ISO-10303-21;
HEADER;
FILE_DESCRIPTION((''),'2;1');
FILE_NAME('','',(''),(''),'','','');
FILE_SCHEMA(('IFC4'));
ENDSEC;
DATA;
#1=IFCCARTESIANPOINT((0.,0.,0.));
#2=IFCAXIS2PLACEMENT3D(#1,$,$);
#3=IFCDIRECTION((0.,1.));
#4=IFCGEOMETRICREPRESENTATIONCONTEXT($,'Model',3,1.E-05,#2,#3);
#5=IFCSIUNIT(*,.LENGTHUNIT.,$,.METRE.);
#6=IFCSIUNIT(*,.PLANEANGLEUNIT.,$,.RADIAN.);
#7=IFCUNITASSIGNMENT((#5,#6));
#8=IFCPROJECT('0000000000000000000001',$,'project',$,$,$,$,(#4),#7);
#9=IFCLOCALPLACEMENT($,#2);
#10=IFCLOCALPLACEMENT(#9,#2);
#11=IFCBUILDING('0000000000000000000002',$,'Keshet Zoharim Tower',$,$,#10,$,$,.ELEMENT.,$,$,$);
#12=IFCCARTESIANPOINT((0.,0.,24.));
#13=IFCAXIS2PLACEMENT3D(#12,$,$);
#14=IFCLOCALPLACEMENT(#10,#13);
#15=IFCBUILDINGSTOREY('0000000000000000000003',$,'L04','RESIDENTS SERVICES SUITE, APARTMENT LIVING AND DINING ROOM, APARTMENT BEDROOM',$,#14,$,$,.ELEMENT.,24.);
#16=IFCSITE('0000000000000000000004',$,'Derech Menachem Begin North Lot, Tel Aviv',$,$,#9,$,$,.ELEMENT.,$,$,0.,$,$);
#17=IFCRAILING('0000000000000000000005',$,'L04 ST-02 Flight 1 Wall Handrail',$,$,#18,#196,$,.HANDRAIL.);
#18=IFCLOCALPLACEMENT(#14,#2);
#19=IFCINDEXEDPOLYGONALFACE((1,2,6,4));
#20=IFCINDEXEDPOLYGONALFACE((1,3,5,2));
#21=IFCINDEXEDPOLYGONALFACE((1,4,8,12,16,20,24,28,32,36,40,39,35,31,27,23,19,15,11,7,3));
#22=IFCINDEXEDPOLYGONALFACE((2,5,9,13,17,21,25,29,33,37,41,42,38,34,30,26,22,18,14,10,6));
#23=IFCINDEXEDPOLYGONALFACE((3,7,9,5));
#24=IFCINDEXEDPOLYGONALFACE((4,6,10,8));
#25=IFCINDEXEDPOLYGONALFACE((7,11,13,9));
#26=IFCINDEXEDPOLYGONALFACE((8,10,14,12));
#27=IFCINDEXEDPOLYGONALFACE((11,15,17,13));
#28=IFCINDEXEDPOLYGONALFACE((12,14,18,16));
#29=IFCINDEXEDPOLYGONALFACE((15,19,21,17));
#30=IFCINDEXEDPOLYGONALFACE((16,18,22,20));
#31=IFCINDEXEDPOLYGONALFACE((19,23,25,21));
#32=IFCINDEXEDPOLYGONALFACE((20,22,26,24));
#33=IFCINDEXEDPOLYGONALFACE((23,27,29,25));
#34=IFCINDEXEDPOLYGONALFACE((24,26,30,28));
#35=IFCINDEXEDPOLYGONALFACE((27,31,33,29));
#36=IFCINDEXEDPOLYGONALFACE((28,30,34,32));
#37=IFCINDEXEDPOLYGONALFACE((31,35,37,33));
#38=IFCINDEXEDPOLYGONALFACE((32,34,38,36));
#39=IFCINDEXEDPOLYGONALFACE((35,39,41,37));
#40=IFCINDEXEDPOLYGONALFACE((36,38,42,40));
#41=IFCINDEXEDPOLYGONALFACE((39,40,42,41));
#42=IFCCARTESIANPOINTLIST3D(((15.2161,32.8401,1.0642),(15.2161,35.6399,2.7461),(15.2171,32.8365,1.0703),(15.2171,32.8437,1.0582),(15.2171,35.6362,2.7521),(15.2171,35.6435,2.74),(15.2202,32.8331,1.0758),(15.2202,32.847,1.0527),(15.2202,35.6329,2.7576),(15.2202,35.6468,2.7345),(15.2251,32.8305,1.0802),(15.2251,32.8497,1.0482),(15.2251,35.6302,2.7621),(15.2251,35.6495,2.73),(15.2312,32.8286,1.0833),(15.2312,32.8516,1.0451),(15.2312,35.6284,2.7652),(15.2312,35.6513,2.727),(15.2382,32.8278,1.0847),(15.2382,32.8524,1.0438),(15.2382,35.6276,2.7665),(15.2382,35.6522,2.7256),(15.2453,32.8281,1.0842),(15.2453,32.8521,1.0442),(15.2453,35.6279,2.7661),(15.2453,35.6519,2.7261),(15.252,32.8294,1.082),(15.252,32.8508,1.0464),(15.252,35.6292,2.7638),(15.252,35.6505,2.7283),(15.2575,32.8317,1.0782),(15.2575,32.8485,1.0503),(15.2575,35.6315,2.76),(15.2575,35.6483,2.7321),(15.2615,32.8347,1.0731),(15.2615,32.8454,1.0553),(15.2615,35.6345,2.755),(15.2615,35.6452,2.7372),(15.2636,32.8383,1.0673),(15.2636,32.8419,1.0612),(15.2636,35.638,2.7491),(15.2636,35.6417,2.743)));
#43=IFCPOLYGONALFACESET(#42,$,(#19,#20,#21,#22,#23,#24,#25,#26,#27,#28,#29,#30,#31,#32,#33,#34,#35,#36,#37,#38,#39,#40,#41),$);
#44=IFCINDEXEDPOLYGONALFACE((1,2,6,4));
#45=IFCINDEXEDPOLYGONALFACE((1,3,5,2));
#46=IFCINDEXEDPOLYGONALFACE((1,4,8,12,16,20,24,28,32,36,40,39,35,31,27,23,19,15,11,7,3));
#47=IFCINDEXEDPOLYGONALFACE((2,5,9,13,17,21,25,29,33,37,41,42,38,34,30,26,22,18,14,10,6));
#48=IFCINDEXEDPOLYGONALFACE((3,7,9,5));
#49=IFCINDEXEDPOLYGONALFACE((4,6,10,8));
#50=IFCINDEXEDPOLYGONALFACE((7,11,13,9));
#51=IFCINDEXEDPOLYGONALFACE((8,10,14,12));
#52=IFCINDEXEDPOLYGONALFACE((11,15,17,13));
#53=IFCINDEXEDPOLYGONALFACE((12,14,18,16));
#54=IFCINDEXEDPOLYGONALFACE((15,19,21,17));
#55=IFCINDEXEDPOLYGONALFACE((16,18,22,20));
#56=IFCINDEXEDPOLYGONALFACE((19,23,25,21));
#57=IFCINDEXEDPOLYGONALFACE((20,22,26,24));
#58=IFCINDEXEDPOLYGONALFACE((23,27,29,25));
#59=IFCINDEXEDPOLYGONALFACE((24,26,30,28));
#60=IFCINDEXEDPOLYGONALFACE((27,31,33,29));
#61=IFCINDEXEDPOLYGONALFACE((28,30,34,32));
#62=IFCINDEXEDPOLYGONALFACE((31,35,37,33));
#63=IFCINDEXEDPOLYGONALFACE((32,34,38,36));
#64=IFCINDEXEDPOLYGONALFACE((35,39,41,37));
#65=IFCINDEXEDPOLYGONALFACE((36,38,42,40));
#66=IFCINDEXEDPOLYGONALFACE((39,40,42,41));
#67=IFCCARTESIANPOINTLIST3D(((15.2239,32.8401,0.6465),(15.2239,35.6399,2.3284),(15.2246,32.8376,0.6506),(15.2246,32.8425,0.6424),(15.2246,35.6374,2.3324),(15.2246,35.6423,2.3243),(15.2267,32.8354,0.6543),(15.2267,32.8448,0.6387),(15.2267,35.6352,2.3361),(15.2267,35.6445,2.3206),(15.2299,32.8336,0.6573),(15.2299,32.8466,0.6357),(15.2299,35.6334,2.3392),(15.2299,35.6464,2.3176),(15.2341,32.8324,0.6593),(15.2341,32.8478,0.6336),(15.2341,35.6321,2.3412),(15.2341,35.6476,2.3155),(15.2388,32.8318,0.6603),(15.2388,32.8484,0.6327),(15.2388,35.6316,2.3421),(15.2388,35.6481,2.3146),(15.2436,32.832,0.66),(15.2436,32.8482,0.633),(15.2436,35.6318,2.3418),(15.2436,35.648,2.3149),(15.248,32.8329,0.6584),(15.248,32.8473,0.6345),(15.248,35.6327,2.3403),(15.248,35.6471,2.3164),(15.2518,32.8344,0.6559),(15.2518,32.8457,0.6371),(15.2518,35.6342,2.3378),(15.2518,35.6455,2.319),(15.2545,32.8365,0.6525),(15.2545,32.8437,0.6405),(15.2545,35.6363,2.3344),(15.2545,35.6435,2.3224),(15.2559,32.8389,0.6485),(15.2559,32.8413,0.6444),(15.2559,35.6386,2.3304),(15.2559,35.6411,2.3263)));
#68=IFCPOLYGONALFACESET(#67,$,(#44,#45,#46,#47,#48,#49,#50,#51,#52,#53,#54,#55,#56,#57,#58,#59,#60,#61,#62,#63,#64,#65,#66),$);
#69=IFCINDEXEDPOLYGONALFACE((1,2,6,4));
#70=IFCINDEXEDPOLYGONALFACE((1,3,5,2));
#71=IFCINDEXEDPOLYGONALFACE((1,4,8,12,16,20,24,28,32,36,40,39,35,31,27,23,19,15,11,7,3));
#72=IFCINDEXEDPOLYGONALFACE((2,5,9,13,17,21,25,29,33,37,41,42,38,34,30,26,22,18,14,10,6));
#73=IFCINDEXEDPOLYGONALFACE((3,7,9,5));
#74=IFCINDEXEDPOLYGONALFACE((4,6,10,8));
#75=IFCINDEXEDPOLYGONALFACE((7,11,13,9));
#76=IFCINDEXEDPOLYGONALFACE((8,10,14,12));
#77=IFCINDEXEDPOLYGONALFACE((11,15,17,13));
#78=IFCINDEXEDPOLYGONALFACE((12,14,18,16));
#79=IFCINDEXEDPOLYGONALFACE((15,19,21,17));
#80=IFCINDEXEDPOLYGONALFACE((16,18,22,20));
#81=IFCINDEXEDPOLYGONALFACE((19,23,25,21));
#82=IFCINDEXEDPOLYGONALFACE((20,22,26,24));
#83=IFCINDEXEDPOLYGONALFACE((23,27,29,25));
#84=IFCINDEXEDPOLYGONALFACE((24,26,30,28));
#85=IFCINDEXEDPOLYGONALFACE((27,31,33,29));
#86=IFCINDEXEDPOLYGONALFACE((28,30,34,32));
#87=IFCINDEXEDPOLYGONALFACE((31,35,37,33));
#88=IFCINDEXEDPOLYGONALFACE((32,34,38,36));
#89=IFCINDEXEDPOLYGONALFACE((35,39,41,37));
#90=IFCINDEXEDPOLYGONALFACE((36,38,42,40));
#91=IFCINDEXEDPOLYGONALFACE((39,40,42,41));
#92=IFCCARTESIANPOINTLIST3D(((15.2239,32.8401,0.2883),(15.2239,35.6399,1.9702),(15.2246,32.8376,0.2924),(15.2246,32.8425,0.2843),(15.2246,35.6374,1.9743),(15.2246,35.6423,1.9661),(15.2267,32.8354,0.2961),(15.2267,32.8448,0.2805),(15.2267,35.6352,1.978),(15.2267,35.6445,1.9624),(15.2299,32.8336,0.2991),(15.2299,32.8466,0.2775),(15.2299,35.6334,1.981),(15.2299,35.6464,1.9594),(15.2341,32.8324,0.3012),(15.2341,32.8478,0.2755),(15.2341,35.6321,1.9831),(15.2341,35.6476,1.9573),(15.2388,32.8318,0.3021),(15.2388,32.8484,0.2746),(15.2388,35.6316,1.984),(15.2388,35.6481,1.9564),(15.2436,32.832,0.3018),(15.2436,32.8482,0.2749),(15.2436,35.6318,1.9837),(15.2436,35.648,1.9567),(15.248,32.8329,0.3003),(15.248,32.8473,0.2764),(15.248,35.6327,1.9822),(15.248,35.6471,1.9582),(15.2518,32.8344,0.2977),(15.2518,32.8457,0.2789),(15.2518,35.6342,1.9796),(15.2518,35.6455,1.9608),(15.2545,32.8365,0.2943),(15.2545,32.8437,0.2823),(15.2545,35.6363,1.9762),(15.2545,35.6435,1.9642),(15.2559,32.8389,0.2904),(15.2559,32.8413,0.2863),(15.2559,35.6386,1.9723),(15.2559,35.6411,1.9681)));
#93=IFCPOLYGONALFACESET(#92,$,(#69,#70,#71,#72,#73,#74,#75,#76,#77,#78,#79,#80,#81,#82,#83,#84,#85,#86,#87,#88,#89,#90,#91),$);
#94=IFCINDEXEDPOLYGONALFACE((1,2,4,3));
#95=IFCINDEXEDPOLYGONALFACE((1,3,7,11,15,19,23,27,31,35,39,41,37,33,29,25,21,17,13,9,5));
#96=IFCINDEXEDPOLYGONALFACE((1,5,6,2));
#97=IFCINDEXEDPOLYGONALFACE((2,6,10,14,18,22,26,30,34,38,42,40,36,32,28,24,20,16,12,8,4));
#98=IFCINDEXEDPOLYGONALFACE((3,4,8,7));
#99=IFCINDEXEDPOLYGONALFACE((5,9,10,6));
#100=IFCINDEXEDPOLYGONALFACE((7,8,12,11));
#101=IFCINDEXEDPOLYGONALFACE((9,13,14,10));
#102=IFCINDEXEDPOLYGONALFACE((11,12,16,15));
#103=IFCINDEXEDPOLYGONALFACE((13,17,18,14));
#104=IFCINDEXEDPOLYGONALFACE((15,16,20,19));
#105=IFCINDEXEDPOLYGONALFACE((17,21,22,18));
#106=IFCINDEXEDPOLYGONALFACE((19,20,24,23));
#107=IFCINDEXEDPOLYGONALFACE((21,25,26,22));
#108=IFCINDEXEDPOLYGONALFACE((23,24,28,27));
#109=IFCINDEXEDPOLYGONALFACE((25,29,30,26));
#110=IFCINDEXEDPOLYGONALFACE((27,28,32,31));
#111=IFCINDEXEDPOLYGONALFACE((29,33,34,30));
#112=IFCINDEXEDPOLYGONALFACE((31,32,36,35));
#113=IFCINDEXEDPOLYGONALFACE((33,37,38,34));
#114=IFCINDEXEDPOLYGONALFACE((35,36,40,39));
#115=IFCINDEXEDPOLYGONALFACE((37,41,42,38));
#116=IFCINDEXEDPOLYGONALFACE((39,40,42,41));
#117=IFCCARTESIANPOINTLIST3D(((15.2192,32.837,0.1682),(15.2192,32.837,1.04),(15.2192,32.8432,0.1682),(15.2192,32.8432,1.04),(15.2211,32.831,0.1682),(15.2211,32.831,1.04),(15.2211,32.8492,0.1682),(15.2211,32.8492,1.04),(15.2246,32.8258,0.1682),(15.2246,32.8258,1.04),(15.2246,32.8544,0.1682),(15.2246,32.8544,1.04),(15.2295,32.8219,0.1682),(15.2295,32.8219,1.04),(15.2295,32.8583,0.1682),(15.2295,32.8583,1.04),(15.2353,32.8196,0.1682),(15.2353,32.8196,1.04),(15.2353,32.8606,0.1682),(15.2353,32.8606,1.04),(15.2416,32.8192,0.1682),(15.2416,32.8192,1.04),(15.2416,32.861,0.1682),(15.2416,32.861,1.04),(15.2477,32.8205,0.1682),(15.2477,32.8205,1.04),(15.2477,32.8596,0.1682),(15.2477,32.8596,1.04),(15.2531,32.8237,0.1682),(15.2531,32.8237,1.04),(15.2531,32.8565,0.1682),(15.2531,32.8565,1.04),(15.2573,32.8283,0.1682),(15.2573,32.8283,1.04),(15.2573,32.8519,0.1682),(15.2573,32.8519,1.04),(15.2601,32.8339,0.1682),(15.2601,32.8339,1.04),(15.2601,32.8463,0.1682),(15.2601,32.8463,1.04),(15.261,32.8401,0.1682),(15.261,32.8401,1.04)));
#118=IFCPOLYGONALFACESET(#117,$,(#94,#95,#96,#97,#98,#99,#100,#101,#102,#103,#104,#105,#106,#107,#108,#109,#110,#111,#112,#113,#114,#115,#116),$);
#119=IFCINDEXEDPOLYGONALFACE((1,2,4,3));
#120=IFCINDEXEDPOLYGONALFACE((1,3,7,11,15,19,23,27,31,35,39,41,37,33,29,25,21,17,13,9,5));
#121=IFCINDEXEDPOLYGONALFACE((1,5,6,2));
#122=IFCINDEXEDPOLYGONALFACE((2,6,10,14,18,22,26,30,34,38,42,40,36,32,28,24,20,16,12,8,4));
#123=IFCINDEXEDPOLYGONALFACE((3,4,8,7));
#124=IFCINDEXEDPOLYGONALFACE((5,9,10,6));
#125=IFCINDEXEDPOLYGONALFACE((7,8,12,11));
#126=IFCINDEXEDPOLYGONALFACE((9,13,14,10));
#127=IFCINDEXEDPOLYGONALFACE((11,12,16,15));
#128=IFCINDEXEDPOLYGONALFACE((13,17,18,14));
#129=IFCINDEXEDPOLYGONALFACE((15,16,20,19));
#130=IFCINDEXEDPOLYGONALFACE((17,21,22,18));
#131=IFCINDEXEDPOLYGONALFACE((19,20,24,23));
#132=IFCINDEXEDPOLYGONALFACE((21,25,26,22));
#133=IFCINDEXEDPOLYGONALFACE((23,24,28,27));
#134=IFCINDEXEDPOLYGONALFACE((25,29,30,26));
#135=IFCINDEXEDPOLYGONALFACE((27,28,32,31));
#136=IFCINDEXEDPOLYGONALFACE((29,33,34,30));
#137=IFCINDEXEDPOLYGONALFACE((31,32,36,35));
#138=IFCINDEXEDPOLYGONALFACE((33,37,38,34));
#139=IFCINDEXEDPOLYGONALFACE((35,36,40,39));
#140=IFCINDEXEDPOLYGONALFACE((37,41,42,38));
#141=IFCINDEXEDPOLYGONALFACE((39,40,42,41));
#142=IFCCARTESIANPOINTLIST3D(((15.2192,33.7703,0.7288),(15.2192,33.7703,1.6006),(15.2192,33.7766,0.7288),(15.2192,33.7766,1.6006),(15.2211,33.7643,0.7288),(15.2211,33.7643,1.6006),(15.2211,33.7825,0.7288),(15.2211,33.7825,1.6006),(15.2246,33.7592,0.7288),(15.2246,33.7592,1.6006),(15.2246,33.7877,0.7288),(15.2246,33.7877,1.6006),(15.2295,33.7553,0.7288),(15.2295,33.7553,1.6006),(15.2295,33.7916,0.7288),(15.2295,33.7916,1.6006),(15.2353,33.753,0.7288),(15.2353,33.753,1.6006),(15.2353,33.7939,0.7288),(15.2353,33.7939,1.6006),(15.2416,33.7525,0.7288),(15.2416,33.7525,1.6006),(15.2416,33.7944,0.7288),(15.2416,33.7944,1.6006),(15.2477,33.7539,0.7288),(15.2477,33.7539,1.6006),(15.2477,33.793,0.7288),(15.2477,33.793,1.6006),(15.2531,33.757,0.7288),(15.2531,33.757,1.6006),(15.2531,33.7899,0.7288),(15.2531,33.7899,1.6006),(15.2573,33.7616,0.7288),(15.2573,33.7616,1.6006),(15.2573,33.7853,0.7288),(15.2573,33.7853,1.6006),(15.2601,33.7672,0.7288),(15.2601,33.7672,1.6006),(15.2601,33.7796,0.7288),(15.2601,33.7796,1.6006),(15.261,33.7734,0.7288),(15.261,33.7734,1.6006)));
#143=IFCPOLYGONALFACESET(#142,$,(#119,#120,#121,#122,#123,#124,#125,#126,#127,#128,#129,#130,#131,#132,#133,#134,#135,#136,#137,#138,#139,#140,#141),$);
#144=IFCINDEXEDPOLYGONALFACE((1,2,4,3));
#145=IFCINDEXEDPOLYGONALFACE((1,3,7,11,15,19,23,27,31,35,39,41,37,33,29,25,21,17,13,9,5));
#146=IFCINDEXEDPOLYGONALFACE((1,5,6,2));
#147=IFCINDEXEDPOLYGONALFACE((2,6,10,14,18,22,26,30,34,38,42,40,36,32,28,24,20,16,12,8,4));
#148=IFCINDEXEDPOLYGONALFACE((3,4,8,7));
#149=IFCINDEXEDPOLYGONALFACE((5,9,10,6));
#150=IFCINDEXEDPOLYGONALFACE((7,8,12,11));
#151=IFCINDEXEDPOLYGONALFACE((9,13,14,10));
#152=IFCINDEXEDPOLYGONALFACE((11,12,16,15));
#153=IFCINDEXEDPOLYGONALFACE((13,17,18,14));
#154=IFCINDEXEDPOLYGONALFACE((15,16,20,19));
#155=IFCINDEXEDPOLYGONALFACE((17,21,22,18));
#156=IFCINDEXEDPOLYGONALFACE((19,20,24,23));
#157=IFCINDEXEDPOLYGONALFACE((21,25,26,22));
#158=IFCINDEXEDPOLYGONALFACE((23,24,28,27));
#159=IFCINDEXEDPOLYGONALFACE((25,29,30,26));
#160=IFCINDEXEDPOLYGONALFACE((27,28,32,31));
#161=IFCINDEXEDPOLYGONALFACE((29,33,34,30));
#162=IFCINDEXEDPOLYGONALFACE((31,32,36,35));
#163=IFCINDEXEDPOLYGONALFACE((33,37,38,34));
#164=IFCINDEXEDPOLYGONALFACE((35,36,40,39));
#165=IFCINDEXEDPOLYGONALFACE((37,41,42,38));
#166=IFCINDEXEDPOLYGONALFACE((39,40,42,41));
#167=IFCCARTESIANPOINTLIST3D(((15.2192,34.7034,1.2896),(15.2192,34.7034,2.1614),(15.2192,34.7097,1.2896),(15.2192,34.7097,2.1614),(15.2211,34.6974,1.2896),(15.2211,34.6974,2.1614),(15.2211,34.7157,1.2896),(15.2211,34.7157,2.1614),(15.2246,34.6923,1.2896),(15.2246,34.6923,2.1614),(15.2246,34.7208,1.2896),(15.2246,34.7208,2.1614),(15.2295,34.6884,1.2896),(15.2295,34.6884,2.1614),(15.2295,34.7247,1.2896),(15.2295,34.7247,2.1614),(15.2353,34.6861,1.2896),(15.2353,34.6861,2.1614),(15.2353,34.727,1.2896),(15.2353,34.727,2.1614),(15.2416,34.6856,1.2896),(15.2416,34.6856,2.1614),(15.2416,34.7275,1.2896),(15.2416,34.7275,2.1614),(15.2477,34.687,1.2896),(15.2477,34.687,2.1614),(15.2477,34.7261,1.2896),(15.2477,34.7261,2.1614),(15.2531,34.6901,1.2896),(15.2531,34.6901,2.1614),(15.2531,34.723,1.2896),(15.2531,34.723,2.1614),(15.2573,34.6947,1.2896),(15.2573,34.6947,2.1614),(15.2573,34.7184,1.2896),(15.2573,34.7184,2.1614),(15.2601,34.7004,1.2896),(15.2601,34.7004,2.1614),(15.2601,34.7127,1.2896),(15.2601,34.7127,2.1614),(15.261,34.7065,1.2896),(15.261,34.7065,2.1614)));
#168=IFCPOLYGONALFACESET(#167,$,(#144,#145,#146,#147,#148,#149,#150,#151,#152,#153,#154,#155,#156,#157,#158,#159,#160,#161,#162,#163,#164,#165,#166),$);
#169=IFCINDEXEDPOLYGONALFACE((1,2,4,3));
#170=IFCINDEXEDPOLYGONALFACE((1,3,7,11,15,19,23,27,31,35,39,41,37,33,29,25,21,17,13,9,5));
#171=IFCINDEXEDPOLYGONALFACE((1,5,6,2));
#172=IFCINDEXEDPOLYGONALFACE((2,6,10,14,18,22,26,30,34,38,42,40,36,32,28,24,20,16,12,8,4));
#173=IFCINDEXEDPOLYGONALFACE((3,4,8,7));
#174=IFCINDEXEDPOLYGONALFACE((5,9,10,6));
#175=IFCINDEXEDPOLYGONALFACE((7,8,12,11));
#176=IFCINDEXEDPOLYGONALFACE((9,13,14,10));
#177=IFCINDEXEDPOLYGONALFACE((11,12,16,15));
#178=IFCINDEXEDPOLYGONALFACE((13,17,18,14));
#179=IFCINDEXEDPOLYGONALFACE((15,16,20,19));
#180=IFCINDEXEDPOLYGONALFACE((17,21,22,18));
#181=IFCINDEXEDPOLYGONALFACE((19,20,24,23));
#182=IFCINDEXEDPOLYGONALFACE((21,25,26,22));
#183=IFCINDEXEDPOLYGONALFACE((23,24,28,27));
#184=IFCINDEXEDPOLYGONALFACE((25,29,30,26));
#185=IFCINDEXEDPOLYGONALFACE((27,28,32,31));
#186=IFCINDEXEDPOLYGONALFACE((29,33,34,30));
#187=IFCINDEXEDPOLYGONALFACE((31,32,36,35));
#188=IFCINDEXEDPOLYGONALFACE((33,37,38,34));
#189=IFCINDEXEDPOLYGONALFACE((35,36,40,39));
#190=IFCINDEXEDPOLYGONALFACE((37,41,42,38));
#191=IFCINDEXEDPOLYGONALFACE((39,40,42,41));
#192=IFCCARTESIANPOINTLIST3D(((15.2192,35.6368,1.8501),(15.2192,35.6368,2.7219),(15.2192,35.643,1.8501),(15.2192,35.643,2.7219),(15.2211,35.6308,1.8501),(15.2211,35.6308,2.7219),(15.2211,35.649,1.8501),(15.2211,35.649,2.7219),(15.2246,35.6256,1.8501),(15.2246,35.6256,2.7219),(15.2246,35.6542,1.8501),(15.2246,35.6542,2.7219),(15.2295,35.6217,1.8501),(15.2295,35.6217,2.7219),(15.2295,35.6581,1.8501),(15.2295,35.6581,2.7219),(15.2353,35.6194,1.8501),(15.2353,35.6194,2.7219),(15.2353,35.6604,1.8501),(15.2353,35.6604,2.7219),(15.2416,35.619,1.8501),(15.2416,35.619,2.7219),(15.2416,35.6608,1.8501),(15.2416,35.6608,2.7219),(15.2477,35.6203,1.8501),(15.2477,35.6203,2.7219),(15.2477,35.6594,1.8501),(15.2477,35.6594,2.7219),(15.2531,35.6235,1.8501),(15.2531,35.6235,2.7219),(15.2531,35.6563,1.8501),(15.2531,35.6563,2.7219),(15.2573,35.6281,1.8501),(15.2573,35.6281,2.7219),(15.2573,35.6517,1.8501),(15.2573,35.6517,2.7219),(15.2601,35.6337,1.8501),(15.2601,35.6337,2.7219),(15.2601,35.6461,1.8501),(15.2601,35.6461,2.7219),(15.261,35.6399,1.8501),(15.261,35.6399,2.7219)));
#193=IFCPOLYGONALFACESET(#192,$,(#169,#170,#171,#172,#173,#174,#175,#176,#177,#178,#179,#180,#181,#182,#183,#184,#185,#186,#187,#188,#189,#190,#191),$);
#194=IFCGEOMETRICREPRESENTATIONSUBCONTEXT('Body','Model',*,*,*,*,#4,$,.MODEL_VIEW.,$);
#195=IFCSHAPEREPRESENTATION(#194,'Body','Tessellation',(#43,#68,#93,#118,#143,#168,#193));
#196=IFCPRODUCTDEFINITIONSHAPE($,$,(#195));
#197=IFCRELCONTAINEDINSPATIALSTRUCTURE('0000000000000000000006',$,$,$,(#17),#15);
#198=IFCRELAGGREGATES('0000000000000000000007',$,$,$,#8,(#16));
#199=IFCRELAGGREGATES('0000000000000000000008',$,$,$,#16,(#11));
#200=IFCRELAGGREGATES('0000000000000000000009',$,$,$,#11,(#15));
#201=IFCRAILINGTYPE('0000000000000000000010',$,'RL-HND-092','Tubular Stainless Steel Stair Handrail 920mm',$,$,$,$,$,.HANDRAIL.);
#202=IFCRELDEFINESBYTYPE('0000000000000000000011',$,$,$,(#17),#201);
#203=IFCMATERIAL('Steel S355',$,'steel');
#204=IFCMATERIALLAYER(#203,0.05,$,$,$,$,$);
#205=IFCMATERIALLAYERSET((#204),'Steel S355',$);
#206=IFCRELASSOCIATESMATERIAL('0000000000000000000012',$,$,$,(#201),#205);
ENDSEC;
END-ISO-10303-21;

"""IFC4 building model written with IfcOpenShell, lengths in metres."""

from ifc_helpers import new_model, si_unit, direction, frame, origin, origin_2d, place, context, subcontext, project, spatial, circle, extrude, material, layer, layer_set, type_object, element, save


model = new_model("IFC4")

# Units and contexts
model_context = context("Model", 3, precision=1e-05, world=origin(), true_north=direction((0.0, 1.0)))
body_context = subcontext(model_context, "Body", "Model", "MODEL_VIEW")
ifc_project = project(units=[si_unit("LENGTHUNIT", "METRE"), si_unit("PLANEANGLEUNIT", "RADIAN")], contexts=[model_context])

# Site, building, storey
site_placement = place(None, origin())
site = spatial("IfcSite", under=ifc_project, at=site_placement, Name="Derech Menachem Begin North Lot, Tel Aviv", CompositionType="ELEMENT", RefElevation=0.0)
building_placement = place(site_placement, origin())
building = spatial("IfcBuilding", under=site, at=building_placement, Name="Keshet Zoharim Tower", CompositionType="ELEMENT")
storey_placement = place(building_placement, frame((0.0, 0.0, 24.0)))
storey = spatial("IfcBuildingStorey", under=building, at=storey_placement, Name="L04", Description="RESIDENTS SERVICES SUITE, APARTMENT LIVING AND DINING ROOM, APARTMENT BEDROOM", CompositionType="ELEMENT", Elevation=24.0)

# Shared definitions
ifc_material_1 = material(Name="Steel S355", Category="steel")

# Railing
ifc_layer_1 = layer(ifc_material_1, 0.05)
ifc_layer_set_1 = layer_set([ifc_layer_1], Name="Steel S355")
railing_type_1 = type_object("IfcRailingType", Name="RL-HND-092", Description="Tubular Stainless Steel Stair Handrail 920mm", PredefinedType="HANDRAIL", material=ifc_layer_set_1)
railing_1_placement = place(storey_placement, frame((15.24, 32.8401, 0.1682)))
element("IfcRailing", 1, at=railing_1_placement, inside=storey, type_object=railing_type_1, Name="L04 ST-02 Flight 1 Wall Handrail", PredefinedType="HANDRAIL", context=body_context, shape_type="SweptSolid", body=[
    extrude(circle(Radius=0.0239, at=origin_2d()), frame((0.0, 0.0, 0.896), z_axis=(0.0, 0.857222, 0.514946), x_axis=(-1.0, 0.0, 0.0)), (0.0, 0.0, 1.0), 3.2661),
    extrude(circle(Radius=0.0161, at=origin_2d()), frame((0.0, 0.0, 0.4783), z_axis=(0.0, 0.857222, 0.514946), x_axis=(-1.0, 0.0, 0.0)), (0.0, 0.0, 1.0), 3.2661),
    extrude(circle(Radius=0.0161, at=origin_2d()), frame((0.0, 0.0, 0.1201), z_axis=(0.0, 0.857222, 0.514946), x_axis=(-1.0, 0.0, 0.0)), (0.0, 0.0, 1.0), 3.2661),
    extrude(circle(Radius=0.021, at=origin_2d()), origin(), (0.0, 0.0, 1.0), 0.8718),
    extrude(circle(Radius=0.021, at=origin_2d()), frame((0.0, 0.9333, 0.5605)), (0.0, 0.0, 1.0), 0.8718),
    extrude(circle(Radius=0.021, at=origin_2d()), frame((0.0, 1.8665, 1.1213)), (0.0, 0.0, 1.0), 0.8718),
    extrude(circle(Radius=0.021, at=origin_2d()), frame((0.0, 2.7998, 1.6819)), (0.0, 0.0, 1.0), 0.8718),
])

save(model, "model.ifc")
